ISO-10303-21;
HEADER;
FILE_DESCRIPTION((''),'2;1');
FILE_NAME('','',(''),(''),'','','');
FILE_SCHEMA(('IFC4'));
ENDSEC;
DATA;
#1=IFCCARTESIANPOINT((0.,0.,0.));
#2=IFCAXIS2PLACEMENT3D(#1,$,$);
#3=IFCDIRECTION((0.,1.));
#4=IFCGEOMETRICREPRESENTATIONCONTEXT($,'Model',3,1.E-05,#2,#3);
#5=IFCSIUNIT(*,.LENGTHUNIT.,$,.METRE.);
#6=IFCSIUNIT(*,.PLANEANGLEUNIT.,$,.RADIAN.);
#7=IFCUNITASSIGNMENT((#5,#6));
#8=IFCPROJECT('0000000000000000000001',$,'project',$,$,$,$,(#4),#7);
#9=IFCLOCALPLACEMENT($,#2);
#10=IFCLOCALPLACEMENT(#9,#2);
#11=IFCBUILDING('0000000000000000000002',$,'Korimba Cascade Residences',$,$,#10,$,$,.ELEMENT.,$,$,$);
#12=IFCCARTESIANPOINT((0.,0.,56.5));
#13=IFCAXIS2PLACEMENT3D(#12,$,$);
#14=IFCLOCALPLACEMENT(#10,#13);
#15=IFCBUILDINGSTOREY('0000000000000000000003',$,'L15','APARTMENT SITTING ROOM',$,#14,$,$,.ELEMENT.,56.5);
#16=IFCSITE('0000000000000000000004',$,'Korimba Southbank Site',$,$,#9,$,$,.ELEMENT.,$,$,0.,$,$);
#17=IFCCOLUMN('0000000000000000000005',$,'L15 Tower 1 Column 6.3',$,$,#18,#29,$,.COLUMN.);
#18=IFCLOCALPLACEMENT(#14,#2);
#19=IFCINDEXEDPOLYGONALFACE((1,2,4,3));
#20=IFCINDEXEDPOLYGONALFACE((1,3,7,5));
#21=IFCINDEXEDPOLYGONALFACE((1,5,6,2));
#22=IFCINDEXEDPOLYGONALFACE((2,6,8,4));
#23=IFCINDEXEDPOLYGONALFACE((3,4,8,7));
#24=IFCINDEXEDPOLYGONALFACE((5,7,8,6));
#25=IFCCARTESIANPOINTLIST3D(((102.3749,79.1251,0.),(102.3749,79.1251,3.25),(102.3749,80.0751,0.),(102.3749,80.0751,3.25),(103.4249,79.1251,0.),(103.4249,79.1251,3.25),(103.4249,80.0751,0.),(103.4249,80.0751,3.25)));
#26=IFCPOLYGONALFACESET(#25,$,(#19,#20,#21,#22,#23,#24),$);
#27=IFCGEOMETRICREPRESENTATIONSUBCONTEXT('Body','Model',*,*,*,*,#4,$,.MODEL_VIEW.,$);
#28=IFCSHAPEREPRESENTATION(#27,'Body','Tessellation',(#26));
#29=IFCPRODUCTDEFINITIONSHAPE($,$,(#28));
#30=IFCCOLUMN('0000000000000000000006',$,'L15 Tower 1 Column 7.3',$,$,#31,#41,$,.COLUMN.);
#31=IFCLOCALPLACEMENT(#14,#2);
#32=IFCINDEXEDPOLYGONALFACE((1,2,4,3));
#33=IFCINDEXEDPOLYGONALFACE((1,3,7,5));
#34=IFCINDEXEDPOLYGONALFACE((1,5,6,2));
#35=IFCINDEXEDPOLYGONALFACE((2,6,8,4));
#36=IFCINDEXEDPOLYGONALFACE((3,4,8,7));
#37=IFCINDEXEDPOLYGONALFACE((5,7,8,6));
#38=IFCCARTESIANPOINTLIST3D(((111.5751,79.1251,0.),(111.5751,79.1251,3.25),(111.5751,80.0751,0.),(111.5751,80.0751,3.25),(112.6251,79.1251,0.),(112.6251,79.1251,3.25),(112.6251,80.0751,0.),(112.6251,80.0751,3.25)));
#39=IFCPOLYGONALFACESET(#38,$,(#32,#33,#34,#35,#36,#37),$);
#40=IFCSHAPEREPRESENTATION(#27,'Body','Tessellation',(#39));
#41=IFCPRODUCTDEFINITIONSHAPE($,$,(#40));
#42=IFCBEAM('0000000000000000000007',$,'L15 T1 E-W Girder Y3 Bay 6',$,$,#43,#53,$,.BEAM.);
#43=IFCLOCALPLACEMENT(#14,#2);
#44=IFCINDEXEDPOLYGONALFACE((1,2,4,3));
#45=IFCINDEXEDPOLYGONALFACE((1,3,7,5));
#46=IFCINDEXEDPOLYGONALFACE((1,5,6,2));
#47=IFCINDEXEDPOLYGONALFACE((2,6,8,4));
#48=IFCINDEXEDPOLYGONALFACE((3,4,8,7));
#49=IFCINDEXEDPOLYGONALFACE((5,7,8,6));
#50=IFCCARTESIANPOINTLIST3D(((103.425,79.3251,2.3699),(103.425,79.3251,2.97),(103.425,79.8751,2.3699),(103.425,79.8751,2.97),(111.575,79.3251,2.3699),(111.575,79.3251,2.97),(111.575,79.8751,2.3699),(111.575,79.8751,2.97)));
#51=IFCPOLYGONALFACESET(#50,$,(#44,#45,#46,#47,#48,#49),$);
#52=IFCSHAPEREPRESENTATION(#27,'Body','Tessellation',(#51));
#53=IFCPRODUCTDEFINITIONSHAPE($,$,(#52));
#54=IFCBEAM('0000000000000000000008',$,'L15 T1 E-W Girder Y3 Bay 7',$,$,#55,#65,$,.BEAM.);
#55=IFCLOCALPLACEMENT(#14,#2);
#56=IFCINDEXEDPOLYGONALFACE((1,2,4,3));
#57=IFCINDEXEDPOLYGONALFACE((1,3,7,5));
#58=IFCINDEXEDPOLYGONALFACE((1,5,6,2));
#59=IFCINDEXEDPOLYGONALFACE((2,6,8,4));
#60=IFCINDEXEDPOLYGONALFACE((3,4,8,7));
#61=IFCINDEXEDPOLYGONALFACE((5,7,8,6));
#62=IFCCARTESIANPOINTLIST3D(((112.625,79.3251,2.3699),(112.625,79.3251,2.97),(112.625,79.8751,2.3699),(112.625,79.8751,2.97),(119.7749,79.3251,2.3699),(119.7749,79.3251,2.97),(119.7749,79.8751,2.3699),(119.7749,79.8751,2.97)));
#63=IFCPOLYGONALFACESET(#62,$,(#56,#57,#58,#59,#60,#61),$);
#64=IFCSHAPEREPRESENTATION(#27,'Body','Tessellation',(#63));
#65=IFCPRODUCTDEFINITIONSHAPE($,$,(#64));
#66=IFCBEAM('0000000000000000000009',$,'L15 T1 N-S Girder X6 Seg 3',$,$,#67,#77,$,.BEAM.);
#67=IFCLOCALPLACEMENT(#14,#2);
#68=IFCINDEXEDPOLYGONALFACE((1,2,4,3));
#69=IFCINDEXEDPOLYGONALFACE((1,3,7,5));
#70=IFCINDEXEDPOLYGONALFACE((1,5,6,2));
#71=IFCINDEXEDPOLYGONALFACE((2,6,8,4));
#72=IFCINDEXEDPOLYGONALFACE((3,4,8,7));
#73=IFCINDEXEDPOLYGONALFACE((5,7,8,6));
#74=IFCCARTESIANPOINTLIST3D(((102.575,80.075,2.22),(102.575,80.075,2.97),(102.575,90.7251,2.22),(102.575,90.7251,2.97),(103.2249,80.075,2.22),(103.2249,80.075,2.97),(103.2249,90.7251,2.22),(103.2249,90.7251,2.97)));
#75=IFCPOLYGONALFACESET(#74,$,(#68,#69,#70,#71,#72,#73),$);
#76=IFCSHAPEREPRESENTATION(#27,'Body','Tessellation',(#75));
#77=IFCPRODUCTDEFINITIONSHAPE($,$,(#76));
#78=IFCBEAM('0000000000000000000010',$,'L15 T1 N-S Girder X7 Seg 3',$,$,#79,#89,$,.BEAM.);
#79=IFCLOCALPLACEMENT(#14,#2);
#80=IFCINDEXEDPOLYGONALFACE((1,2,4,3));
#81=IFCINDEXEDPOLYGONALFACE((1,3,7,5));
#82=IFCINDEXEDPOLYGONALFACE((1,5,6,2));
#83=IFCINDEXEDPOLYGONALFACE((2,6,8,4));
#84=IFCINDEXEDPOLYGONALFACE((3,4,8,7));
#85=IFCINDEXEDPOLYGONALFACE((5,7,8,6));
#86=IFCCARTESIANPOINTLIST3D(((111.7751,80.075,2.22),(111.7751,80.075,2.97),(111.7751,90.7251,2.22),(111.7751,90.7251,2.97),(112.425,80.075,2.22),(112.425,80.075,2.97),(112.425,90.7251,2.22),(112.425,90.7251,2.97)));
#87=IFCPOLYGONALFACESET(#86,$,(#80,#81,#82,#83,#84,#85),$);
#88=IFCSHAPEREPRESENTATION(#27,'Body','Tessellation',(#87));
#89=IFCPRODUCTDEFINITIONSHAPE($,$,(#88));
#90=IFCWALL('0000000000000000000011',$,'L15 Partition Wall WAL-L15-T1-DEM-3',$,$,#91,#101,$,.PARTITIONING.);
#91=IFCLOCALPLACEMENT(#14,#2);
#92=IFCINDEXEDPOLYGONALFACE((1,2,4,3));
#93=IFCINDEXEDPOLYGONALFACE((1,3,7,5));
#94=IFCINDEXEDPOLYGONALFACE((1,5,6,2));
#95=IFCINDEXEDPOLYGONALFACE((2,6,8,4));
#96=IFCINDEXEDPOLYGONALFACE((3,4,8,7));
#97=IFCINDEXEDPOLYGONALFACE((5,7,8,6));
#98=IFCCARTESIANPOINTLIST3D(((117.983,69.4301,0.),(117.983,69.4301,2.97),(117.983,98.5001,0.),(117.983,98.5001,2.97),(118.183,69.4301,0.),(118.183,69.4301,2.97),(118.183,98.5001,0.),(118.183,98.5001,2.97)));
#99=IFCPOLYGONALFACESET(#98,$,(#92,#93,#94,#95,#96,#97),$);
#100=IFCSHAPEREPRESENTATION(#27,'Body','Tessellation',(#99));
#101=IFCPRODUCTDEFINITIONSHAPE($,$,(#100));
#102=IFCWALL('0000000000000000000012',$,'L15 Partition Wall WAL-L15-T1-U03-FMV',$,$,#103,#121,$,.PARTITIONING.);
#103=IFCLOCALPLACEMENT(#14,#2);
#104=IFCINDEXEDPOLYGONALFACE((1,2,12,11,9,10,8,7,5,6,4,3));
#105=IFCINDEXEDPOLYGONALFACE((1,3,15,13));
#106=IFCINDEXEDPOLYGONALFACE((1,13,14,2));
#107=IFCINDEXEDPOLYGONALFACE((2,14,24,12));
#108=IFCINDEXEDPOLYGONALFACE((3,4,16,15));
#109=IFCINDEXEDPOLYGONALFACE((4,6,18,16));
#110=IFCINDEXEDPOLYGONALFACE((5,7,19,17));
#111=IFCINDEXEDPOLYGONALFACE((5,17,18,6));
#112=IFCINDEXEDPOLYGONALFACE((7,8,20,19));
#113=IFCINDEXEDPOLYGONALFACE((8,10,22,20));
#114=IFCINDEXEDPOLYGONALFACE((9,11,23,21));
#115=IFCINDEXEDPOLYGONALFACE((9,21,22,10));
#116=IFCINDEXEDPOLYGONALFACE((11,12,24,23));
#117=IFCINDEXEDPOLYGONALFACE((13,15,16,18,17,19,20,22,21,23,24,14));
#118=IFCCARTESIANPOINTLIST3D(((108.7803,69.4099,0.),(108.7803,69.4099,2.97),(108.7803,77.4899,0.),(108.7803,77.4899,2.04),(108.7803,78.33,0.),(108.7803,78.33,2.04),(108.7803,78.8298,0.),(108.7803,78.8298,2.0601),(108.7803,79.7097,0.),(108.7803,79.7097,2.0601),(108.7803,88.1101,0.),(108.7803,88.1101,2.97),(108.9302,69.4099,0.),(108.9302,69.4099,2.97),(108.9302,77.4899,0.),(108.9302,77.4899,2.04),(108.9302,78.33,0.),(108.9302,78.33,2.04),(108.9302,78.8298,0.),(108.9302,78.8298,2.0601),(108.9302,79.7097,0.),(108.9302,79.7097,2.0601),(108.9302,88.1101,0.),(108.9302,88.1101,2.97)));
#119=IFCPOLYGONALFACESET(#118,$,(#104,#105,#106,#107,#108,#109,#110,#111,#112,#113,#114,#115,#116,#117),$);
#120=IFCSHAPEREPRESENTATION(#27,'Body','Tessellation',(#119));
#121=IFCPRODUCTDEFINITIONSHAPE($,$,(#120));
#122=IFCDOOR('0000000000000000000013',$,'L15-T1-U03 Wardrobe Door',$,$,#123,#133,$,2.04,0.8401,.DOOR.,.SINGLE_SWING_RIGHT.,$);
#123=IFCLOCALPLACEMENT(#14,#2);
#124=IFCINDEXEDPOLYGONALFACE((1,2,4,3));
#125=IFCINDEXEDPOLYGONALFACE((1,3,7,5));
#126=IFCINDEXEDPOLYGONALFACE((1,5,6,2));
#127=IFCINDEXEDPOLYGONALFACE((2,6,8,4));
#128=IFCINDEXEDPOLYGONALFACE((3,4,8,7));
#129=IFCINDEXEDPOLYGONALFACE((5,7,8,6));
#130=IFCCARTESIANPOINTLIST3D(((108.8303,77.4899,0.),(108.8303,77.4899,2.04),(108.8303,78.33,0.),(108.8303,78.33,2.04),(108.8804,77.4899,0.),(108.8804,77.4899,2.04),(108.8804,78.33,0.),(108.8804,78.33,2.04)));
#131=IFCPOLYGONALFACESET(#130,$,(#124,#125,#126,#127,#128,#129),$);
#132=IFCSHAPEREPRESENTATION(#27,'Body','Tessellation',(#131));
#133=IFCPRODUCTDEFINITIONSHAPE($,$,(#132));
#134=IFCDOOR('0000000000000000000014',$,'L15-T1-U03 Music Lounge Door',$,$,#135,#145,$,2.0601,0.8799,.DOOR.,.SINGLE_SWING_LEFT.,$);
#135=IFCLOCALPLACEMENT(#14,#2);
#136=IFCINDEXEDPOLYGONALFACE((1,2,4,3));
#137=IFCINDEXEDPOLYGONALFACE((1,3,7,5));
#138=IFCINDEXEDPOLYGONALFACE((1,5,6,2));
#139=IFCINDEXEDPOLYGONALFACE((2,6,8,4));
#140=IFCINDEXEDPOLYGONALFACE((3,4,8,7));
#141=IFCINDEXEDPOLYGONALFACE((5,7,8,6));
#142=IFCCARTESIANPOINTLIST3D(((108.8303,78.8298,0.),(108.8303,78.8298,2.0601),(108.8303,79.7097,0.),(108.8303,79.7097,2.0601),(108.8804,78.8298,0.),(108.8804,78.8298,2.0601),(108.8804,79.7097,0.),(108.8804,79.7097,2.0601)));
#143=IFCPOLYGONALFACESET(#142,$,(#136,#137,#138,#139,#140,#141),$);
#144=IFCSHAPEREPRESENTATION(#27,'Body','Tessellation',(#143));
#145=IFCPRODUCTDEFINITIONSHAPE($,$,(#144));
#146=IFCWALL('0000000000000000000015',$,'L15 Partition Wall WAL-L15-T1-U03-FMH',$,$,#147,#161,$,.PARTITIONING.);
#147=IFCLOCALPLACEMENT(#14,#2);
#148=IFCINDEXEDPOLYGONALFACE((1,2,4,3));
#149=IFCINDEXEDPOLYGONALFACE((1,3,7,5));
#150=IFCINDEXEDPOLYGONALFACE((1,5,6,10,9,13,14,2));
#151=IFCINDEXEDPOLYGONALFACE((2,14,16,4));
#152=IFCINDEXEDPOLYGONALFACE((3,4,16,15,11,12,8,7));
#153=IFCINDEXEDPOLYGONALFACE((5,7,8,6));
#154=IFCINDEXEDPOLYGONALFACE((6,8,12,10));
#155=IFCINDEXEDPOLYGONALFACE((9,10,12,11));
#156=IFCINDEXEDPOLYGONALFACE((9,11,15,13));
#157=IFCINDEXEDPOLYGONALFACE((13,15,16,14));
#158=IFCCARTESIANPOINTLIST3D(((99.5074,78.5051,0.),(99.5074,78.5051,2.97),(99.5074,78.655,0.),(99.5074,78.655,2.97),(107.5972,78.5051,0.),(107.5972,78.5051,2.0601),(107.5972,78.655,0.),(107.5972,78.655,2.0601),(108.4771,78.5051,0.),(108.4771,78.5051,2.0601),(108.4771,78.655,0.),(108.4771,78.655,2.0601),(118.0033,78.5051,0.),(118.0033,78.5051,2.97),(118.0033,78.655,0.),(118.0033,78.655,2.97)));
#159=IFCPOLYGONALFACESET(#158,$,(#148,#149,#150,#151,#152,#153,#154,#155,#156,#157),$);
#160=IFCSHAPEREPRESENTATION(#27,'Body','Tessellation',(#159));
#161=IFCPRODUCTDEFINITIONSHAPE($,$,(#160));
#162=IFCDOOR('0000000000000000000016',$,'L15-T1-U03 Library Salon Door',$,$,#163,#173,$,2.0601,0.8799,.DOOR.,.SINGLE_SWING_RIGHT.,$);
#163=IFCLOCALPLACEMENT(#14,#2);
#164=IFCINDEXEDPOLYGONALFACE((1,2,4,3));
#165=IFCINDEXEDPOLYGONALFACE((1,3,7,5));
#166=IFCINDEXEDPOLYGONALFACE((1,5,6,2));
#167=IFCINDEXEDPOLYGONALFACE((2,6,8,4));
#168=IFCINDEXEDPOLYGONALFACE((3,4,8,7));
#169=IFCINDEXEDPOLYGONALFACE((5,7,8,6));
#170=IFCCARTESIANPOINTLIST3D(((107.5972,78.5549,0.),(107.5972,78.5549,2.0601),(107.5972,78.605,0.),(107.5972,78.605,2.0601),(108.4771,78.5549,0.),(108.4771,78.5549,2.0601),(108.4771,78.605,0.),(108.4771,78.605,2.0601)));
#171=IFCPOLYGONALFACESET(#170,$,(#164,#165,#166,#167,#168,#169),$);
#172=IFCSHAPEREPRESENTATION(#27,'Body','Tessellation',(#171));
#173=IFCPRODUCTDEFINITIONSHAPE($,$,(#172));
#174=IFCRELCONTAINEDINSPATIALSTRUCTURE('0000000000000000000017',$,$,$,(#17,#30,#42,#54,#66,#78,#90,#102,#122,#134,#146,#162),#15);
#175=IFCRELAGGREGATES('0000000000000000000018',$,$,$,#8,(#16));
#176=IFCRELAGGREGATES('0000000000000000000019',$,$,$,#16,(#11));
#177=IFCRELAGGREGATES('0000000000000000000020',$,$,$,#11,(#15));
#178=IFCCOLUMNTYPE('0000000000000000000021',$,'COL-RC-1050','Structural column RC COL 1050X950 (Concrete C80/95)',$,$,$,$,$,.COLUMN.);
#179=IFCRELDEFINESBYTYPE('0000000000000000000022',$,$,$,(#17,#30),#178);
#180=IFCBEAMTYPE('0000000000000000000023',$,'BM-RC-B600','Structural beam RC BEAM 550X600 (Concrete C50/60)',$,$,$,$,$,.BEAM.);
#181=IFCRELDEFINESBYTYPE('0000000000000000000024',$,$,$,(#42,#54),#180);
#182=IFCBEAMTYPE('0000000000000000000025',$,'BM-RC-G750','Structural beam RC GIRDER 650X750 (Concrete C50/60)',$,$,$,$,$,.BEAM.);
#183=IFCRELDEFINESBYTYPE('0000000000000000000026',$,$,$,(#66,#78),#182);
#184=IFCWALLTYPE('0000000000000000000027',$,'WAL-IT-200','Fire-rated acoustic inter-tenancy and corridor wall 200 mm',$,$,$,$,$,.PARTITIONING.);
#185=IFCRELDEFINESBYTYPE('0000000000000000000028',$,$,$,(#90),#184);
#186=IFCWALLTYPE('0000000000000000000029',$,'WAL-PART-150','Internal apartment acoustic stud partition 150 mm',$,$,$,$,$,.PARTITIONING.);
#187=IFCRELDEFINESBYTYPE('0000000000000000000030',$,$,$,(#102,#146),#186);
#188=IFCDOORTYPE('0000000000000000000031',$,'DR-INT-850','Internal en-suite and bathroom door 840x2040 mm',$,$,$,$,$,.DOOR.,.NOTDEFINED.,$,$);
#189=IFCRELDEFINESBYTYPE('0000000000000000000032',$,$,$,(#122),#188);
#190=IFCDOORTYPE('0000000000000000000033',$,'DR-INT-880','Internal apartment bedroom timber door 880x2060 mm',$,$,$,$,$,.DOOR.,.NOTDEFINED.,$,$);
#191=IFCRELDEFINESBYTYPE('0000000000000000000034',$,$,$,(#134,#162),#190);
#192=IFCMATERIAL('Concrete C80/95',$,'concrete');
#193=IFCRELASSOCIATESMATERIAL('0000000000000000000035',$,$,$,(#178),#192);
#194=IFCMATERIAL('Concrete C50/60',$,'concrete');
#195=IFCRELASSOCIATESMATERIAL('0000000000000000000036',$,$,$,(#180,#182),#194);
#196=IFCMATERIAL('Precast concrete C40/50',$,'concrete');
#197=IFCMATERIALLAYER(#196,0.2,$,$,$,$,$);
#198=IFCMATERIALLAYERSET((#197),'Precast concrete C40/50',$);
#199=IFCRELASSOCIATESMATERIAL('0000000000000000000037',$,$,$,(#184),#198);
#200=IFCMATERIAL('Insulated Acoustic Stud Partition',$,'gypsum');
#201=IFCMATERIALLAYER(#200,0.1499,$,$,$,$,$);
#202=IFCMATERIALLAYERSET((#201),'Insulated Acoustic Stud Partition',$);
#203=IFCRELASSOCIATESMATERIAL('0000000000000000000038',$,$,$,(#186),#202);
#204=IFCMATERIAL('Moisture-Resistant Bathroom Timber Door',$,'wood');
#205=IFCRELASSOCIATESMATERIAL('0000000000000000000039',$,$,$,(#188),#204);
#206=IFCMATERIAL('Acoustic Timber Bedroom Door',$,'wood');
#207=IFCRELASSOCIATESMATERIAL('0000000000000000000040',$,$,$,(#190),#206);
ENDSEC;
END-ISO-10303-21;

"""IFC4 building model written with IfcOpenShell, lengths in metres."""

from ifc_helpers import new_model, si_unit, direction, frame, frame_2d, origin, origin_2d, place, context, subcontext, project, spatial, rectangle, extrude, material, layer, layer_set, material_profile, profile_set, type_object, element, fill, save


model = new_model("IFC4")

# Units and contexts
model_context = context("Model", 3, precision=1e-05, world=origin(), true_north=direction((0.0, 1.0)))
body_context = subcontext(model_context, "Body", "Model", "MODEL_VIEW")
ifc_project = project(units=[si_unit("LENGTHUNIT", "METRE"), si_unit("PLANEANGLEUNIT", "RADIAN")], contexts=[model_context])

# Site, building, storey
site_placement = place(None, origin())
site = spatial("IfcSite", under=ifc_project, at=site_placement, Name="Korimba Southbank Site", CompositionType="ELEMENT", RefElevation=0.0)
building_placement = place(site_placement, origin())
building = spatial("IfcBuilding", under=site, at=building_placement, Name="Korimba Cascade Residences", CompositionType="ELEMENT")
storey_placement = place(building_placement, frame((0.0, 0.0, 56.5)))
storey = spatial("IfcBuildingStorey", under=building, at=storey_placement, Name="L15", Description="APARTMENT SITTING ROOM", CompositionType="ELEMENT", Elevation=56.5)

# Columns
ifc_material_1 = material(Name="Concrete C80/95", Category="concrete")
ifc_material_profile_1 = material_profile(ifc_material_1, rectangle(XDim=1.05, YDim=0.95, at=origin_2d()), Name="Concrete C80/95")
ifc_profile_set_1 = profile_set([ifc_material_profile_1], Name="Concrete C80/95")
column_type = type_object("IfcColumnType", Name="COL-RC-1050", Description="Structural column RC COL 1050X950 (Concrete C80/95)", PredefinedType="COLUMN", material=ifc_profile_set_1)
for number, where, z_axis, x_axis, name in (
    (1, (102.8999, 79.6001, 0.0), (0.0, 0.0, 1.0), (1.0, 0.0, 0.0), "L15 Tower 1 Column 6.3"),
    (2, (112.1001, 79.6001, 0.0), (0.0, 0.0, 1.0), (1.0, 0.0, 0.0), "L15 Tower 1 Column 7.3"),
):
    element("IfcColumn", number, at=place(storey_placement, frame(where, z_axis=z_axis, x_axis=x_axis)), inside=storey, type_object=column_type, Name=name, PredefinedType="COLUMN", context=body_context, shape_type="SweptSolid", body=[
        extrude(rectangle(XDim=1.05, YDim=0.95, at=origin_2d()), origin(), (0.0, 0.0, 1.0), 3.25),
    ])

# Beams
ifc_material_2 = material(Name="Concrete C50/60", Category="concrete")
ifc_material_profile_2 = material_profile(ifc_material_2, rectangle(XDim=0.55, YDim=0.6001, at=origin_2d()), Name="Concrete C50/60")
ifc_profile_set_2 = profile_set([ifc_material_profile_2], Name="Concrete C50/60")
beam_type_1 = type_object("IfcBeamType", Name="BM-RC-B600", Description="Structural beam RC BEAM 550X600 (Concrete C50/60)", PredefinedType="BEAM", material=ifc_profile_set_2)
beam_1_placement = place(storey_placement, frame((103.425, 79.6001, 2.6699), z_axis=(1.0, 0.0, 0.0), x_axis=(0.0, 1.0, 0.0)))
element("IfcBeam", 3, at=beam_1_placement, inside=storey, type_object=beam_type_1, Name="L15 T1 E-W Girder Y3 Bay 6", PredefinedType="BEAM", context=body_context, shape_type="SweptSolid", body=[
    extrude(rectangle(XDim=0.55, YDim=0.6001, at=origin_2d()), origin(), (0.0, 0.0, 1.0), 8.1499),
])
beam_2_placement = place(storey_placement, frame((112.625, 79.6001, 2.6699), z_axis=(1.0, 0.0, 0.0), x_axis=(0.0, 1.0, 0.0)))
element("IfcBeam", 4, at=beam_2_placement, inside=storey, type_object=beam_type_1, Name="L15 T1 E-W Girder Y3 Bay 7", PredefinedType="BEAM", context=body_context, shape_type="SweptSolid", body=[
    extrude(rectangle(XDim=0.55, YDim=0.6001, at=origin_2d()), origin(), (0.0, 0.0, 1.0), 7.1499),
])
ifc_material_profile_3 = material_profile(ifc_material_2, rectangle(XDim=0.6499, YDim=0.75, at=origin_2d()), Name="Concrete C50/60")
ifc_profile_set_3 = profile_set([ifc_material_profile_3], Name="Concrete C50/60")
beam_type_2 = type_object("IfcBeamType", Name="BM-RC-G750", Description="Structural beam RC GIRDER 650X750 (Concrete C50/60)", PredefinedType="BEAM", material=ifc_profile_set_3)
for number, where, z_axis, x_axis, name in (
    (5, (102.8999, 80.075, 2.595), (0.0, 1.0, 0.0), (-1.0, 0.0, 0.0), "L15 T1 N-S Girder X6 Seg 3"),
    (6, (112.1001, 80.075, 2.595), (0.0, 1.0, 0.0), (-1.0, 0.0, 0.0), "L15 T1 N-S Girder X7 Seg 3"),
):
    element("IfcBeam", number, at=place(storey_placement, frame(where, z_axis=z_axis, x_axis=x_axis)), inside=storey, type_object=beam_type_2, Name=name, PredefinedType="BEAM", context=body_context, shape_type="SweptSolid", body=[
        extrude(rectangle(XDim=0.6499, YDim=0.75, at=origin_2d()), origin(), (0.0, 0.0, 1.0), 10.6501),
    ])

# Wall
ifc_material_3 = material(Name="Precast concrete C40/50", Category="concrete")
ifc_layer_1 = layer(ifc_material_3, 0.2)
ifc_layer_set_1 = layer_set([ifc_layer_1], Name="Precast concrete C40/50")
wall_type_1 = type_object("IfcWallType", Name="WAL-IT-200", Description="Fire-rated acoustic inter-tenancy and corridor wall 200 mm", PredefinedType="PARTITIONING", material=ifc_layer_set_1)
wall_1_placement = place(storey_placement, frame((118.083, 69.4299, 0.0), z_axis=(0.0, 0.0, 1.0), x_axis=(0.0, 1.0, 0.0)))
element("IfcWall", 7, at=wall_1_placement, inside=storey, type_object=wall_type_1, Name="L15 Partition Wall WAL-L15-T1-DEM-3", PredefinedType="PARTITIONING", context=body_context, shape_type="SweptSolid", body=[
    extrude(rectangle(XDim=29.0701, YDim=0.2, at=frame_2d((14.5352, 0.0))), origin(), (0.0, 0.0, 1.0), 2.97),
])

# Wall, openings, doors
ifc_material_4 = material(Name="Insulated Acoustic Stud Partition", Category="gypsum")
ifc_layer_2 = layer(ifc_material_4, 0.1499)
ifc_layer_set_2 = layer_set([ifc_layer_2], Name="Insulated Acoustic Stud Partition")
wall_type_2 = type_object("IfcWallType", Name="WAL-PART-150", Description="Internal apartment acoustic stud partition 150 mm", PredefinedType="PARTITIONING", material=ifc_layer_set_2)
wall_2_placement = place(storey_placement, frame((108.8552, 69.4099, 0.0), z_axis=(0.0, 0.0, 1.0), x_axis=(0.0, 1.0, 0.0)))
wall_2 = element("IfcWall", 8, at=wall_2_placement, inside=storey, type_object=wall_type_2, Name="L15 Partition Wall WAL-L15-T1-U03-FMV", PredefinedType="PARTITIONING", context=body_context, shape_type="SweptSolid", body=[
    extrude(rectangle(XDim=18.7002, YDim=0.1499, at=frame_2d((9.3501, 0.0))), origin(), (0.0, 0.0, 1.0), 2.97),
])
opening_1_placement = place(wall_2_placement, frame((8.0801, 0.0, 0.0)))
opening_1 = element("IfcOpeningElement", 9, at=opening_1_placement, cuts=wall_2, PredefinedType="OPENING", context=body_context, shape_type="SweptSolid", body=[
    extrude(rectangle(XDim=0.8401, YDim=2.04, at=frame_2d((0.4199, 1.02))), frame((0.0, 0.085, 0.0), z_axis=(0.0, -1.0, 0.0), x_axis=(1.0, 0.0, 0.0)), (0.0, 0.0, 1.0), 0.1699),
])
opening_2_placement = place(wall_2_placement, frame((9.4199, 0.0, 0.0)))
opening_2 = element("IfcOpeningElement", 10, at=opening_2_placement, cuts=wall_2, PredefinedType="OPENING", context=body_context, shape_type="SweptSolid", body=[
    extrude(rectangle(XDim=0.8799, YDim=2.0601, at=frame_2d((0.4399, 1.03))), frame((0.0, 0.085, 0.0), z_axis=(0.0, -1.0, 0.0), x_axis=(1.0, 0.0, 0.0)), (0.0, 0.0, 1.0), 0.1699),
])
ifc_material_5 = material(Name="Moisture-Resistant Bathroom Timber Door", Category="wood")
door_type_1 = type_object("IfcDoorType", Name="DR-INT-850", Description="Internal en-suite and bathroom door 840x2040 mm", OperationType="NOTDEFINED", PredefinedType="DOOR", material=ifc_material_5)
door_1_placement = place(opening_1_placement, origin())
door_1 = element("IfcDoor", 11, at=door_1_placement, inside=storey, type_object=door_type_1, Name="L15-T1-U03 Wardrobe Door", OperationType="SINGLE_SWING_RIGHT", OverallHeight=2.04, OverallWidth=0.8401, PredefinedType="DOOR", context=body_context, shape_type="SweptSolid", body=[
    extrude(rectangle(XDim=0.8401, YDim=2.04, at=frame_2d((0.4199, 1.02))), frame((0.0, 0.0249, 0.0), z_axis=(0.0, -1.0, 0.0), x_axis=(1.0, 0.0, 0.0)), (0.0, 0.0, 1.0), 0.05),
])
fill(opening_1, door_1)
ifc_material_6 = material(Name="Acoustic Timber Bedroom Door", Category="wood")
door_type_2 = type_object("IfcDoorType", Name="DR-INT-880", Description="Internal apartment bedroom timber door 880x2060 mm", OperationType="NOTDEFINED", PredefinedType="DOOR", material=ifc_material_6)
door_2_placement = place(opening_2_placement, origin())
door_2 = element("IfcDoor", 12, at=door_2_placement, inside=storey, type_object=door_type_2, Name="L15-T1-U03 Music Lounge Door", OperationType="SINGLE_SWING_LEFT", OverallHeight=2.0601, OverallWidth=0.8799, PredefinedType="DOOR", context=body_context, shape_type="SweptSolid", body=[
    extrude(rectangle(XDim=0.8799, YDim=2.0601, at=frame_2d((0.4399, 1.03))), frame((0.0, 0.0249, 0.0), z_axis=(0.0, -1.0, 0.0), x_axis=(1.0, 0.0, 0.0)), (0.0, 0.0, 1.0), 0.05),
])
fill(opening_2, door_2)

# Wall, opening, door
wall_3_placement = place(storey_placement, frame((99.5073, 78.5801, 0.0), z_axis=(0.0, 0.0, 1.0), x_axis=(1.0, 0.0, 0.0)))
wall_3 = element("IfcWall", 13, at=wall_3_placement, inside=storey, type_object=wall_type_2, Name="L15 Partition Wall WAL-L15-T1-U03-FMH", PredefinedType="PARTITIONING", context=body_context, shape_type="SweptSolid", body=[
    extrude(rectangle(XDim=18.4958, YDim=0.1499, at=frame_2d((9.248, 0.0))), origin(), (0.0, 0.0, 1.0), 2.97),
])
opening_3_placement = place(wall_3_placement, frame((8.0898, 0.0, 0.0)))
opening_3 = element("IfcOpeningElement", 14, at=opening_3_placement, cuts=wall_3, PredefinedType="OPENING", context=body_context, shape_type="SweptSolid", body=[
    extrude(rectangle(XDim=0.8799, YDim=2.0601, at=frame_2d((0.4399, 1.03))), frame((0.0, 0.085, 0.0), z_axis=(0.0, -1.0, 0.0), x_axis=(1.0, 0.0, 0.0)), (0.0, 0.0, 1.0), 0.1699),
])
door_3_placement = place(opening_3_placement, origin())
door_3 = element("IfcDoor", 15, at=door_3_placement, inside=storey, type_object=door_type_2, Name="L15-T1-U03 Library Salon Door", OperationType="SINGLE_SWING_RIGHT", OverallHeight=2.0601, OverallWidth=0.8799, PredefinedType="DOOR", context=body_context, shape_type="SweptSolid", body=[
    extrude(rectangle(XDim=0.8799, YDim=2.0601, at=frame_2d((0.4399, 1.03))), frame((0.0, 0.0249, 0.0), z_axis=(0.0, -1.0, 0.0), x_axis=(1.0, 0.0, 0.0)), (0.0, 0.0, 1.0), 0.05),
])
fill(opening_3, door_3)

save(model, "model.ifc")
